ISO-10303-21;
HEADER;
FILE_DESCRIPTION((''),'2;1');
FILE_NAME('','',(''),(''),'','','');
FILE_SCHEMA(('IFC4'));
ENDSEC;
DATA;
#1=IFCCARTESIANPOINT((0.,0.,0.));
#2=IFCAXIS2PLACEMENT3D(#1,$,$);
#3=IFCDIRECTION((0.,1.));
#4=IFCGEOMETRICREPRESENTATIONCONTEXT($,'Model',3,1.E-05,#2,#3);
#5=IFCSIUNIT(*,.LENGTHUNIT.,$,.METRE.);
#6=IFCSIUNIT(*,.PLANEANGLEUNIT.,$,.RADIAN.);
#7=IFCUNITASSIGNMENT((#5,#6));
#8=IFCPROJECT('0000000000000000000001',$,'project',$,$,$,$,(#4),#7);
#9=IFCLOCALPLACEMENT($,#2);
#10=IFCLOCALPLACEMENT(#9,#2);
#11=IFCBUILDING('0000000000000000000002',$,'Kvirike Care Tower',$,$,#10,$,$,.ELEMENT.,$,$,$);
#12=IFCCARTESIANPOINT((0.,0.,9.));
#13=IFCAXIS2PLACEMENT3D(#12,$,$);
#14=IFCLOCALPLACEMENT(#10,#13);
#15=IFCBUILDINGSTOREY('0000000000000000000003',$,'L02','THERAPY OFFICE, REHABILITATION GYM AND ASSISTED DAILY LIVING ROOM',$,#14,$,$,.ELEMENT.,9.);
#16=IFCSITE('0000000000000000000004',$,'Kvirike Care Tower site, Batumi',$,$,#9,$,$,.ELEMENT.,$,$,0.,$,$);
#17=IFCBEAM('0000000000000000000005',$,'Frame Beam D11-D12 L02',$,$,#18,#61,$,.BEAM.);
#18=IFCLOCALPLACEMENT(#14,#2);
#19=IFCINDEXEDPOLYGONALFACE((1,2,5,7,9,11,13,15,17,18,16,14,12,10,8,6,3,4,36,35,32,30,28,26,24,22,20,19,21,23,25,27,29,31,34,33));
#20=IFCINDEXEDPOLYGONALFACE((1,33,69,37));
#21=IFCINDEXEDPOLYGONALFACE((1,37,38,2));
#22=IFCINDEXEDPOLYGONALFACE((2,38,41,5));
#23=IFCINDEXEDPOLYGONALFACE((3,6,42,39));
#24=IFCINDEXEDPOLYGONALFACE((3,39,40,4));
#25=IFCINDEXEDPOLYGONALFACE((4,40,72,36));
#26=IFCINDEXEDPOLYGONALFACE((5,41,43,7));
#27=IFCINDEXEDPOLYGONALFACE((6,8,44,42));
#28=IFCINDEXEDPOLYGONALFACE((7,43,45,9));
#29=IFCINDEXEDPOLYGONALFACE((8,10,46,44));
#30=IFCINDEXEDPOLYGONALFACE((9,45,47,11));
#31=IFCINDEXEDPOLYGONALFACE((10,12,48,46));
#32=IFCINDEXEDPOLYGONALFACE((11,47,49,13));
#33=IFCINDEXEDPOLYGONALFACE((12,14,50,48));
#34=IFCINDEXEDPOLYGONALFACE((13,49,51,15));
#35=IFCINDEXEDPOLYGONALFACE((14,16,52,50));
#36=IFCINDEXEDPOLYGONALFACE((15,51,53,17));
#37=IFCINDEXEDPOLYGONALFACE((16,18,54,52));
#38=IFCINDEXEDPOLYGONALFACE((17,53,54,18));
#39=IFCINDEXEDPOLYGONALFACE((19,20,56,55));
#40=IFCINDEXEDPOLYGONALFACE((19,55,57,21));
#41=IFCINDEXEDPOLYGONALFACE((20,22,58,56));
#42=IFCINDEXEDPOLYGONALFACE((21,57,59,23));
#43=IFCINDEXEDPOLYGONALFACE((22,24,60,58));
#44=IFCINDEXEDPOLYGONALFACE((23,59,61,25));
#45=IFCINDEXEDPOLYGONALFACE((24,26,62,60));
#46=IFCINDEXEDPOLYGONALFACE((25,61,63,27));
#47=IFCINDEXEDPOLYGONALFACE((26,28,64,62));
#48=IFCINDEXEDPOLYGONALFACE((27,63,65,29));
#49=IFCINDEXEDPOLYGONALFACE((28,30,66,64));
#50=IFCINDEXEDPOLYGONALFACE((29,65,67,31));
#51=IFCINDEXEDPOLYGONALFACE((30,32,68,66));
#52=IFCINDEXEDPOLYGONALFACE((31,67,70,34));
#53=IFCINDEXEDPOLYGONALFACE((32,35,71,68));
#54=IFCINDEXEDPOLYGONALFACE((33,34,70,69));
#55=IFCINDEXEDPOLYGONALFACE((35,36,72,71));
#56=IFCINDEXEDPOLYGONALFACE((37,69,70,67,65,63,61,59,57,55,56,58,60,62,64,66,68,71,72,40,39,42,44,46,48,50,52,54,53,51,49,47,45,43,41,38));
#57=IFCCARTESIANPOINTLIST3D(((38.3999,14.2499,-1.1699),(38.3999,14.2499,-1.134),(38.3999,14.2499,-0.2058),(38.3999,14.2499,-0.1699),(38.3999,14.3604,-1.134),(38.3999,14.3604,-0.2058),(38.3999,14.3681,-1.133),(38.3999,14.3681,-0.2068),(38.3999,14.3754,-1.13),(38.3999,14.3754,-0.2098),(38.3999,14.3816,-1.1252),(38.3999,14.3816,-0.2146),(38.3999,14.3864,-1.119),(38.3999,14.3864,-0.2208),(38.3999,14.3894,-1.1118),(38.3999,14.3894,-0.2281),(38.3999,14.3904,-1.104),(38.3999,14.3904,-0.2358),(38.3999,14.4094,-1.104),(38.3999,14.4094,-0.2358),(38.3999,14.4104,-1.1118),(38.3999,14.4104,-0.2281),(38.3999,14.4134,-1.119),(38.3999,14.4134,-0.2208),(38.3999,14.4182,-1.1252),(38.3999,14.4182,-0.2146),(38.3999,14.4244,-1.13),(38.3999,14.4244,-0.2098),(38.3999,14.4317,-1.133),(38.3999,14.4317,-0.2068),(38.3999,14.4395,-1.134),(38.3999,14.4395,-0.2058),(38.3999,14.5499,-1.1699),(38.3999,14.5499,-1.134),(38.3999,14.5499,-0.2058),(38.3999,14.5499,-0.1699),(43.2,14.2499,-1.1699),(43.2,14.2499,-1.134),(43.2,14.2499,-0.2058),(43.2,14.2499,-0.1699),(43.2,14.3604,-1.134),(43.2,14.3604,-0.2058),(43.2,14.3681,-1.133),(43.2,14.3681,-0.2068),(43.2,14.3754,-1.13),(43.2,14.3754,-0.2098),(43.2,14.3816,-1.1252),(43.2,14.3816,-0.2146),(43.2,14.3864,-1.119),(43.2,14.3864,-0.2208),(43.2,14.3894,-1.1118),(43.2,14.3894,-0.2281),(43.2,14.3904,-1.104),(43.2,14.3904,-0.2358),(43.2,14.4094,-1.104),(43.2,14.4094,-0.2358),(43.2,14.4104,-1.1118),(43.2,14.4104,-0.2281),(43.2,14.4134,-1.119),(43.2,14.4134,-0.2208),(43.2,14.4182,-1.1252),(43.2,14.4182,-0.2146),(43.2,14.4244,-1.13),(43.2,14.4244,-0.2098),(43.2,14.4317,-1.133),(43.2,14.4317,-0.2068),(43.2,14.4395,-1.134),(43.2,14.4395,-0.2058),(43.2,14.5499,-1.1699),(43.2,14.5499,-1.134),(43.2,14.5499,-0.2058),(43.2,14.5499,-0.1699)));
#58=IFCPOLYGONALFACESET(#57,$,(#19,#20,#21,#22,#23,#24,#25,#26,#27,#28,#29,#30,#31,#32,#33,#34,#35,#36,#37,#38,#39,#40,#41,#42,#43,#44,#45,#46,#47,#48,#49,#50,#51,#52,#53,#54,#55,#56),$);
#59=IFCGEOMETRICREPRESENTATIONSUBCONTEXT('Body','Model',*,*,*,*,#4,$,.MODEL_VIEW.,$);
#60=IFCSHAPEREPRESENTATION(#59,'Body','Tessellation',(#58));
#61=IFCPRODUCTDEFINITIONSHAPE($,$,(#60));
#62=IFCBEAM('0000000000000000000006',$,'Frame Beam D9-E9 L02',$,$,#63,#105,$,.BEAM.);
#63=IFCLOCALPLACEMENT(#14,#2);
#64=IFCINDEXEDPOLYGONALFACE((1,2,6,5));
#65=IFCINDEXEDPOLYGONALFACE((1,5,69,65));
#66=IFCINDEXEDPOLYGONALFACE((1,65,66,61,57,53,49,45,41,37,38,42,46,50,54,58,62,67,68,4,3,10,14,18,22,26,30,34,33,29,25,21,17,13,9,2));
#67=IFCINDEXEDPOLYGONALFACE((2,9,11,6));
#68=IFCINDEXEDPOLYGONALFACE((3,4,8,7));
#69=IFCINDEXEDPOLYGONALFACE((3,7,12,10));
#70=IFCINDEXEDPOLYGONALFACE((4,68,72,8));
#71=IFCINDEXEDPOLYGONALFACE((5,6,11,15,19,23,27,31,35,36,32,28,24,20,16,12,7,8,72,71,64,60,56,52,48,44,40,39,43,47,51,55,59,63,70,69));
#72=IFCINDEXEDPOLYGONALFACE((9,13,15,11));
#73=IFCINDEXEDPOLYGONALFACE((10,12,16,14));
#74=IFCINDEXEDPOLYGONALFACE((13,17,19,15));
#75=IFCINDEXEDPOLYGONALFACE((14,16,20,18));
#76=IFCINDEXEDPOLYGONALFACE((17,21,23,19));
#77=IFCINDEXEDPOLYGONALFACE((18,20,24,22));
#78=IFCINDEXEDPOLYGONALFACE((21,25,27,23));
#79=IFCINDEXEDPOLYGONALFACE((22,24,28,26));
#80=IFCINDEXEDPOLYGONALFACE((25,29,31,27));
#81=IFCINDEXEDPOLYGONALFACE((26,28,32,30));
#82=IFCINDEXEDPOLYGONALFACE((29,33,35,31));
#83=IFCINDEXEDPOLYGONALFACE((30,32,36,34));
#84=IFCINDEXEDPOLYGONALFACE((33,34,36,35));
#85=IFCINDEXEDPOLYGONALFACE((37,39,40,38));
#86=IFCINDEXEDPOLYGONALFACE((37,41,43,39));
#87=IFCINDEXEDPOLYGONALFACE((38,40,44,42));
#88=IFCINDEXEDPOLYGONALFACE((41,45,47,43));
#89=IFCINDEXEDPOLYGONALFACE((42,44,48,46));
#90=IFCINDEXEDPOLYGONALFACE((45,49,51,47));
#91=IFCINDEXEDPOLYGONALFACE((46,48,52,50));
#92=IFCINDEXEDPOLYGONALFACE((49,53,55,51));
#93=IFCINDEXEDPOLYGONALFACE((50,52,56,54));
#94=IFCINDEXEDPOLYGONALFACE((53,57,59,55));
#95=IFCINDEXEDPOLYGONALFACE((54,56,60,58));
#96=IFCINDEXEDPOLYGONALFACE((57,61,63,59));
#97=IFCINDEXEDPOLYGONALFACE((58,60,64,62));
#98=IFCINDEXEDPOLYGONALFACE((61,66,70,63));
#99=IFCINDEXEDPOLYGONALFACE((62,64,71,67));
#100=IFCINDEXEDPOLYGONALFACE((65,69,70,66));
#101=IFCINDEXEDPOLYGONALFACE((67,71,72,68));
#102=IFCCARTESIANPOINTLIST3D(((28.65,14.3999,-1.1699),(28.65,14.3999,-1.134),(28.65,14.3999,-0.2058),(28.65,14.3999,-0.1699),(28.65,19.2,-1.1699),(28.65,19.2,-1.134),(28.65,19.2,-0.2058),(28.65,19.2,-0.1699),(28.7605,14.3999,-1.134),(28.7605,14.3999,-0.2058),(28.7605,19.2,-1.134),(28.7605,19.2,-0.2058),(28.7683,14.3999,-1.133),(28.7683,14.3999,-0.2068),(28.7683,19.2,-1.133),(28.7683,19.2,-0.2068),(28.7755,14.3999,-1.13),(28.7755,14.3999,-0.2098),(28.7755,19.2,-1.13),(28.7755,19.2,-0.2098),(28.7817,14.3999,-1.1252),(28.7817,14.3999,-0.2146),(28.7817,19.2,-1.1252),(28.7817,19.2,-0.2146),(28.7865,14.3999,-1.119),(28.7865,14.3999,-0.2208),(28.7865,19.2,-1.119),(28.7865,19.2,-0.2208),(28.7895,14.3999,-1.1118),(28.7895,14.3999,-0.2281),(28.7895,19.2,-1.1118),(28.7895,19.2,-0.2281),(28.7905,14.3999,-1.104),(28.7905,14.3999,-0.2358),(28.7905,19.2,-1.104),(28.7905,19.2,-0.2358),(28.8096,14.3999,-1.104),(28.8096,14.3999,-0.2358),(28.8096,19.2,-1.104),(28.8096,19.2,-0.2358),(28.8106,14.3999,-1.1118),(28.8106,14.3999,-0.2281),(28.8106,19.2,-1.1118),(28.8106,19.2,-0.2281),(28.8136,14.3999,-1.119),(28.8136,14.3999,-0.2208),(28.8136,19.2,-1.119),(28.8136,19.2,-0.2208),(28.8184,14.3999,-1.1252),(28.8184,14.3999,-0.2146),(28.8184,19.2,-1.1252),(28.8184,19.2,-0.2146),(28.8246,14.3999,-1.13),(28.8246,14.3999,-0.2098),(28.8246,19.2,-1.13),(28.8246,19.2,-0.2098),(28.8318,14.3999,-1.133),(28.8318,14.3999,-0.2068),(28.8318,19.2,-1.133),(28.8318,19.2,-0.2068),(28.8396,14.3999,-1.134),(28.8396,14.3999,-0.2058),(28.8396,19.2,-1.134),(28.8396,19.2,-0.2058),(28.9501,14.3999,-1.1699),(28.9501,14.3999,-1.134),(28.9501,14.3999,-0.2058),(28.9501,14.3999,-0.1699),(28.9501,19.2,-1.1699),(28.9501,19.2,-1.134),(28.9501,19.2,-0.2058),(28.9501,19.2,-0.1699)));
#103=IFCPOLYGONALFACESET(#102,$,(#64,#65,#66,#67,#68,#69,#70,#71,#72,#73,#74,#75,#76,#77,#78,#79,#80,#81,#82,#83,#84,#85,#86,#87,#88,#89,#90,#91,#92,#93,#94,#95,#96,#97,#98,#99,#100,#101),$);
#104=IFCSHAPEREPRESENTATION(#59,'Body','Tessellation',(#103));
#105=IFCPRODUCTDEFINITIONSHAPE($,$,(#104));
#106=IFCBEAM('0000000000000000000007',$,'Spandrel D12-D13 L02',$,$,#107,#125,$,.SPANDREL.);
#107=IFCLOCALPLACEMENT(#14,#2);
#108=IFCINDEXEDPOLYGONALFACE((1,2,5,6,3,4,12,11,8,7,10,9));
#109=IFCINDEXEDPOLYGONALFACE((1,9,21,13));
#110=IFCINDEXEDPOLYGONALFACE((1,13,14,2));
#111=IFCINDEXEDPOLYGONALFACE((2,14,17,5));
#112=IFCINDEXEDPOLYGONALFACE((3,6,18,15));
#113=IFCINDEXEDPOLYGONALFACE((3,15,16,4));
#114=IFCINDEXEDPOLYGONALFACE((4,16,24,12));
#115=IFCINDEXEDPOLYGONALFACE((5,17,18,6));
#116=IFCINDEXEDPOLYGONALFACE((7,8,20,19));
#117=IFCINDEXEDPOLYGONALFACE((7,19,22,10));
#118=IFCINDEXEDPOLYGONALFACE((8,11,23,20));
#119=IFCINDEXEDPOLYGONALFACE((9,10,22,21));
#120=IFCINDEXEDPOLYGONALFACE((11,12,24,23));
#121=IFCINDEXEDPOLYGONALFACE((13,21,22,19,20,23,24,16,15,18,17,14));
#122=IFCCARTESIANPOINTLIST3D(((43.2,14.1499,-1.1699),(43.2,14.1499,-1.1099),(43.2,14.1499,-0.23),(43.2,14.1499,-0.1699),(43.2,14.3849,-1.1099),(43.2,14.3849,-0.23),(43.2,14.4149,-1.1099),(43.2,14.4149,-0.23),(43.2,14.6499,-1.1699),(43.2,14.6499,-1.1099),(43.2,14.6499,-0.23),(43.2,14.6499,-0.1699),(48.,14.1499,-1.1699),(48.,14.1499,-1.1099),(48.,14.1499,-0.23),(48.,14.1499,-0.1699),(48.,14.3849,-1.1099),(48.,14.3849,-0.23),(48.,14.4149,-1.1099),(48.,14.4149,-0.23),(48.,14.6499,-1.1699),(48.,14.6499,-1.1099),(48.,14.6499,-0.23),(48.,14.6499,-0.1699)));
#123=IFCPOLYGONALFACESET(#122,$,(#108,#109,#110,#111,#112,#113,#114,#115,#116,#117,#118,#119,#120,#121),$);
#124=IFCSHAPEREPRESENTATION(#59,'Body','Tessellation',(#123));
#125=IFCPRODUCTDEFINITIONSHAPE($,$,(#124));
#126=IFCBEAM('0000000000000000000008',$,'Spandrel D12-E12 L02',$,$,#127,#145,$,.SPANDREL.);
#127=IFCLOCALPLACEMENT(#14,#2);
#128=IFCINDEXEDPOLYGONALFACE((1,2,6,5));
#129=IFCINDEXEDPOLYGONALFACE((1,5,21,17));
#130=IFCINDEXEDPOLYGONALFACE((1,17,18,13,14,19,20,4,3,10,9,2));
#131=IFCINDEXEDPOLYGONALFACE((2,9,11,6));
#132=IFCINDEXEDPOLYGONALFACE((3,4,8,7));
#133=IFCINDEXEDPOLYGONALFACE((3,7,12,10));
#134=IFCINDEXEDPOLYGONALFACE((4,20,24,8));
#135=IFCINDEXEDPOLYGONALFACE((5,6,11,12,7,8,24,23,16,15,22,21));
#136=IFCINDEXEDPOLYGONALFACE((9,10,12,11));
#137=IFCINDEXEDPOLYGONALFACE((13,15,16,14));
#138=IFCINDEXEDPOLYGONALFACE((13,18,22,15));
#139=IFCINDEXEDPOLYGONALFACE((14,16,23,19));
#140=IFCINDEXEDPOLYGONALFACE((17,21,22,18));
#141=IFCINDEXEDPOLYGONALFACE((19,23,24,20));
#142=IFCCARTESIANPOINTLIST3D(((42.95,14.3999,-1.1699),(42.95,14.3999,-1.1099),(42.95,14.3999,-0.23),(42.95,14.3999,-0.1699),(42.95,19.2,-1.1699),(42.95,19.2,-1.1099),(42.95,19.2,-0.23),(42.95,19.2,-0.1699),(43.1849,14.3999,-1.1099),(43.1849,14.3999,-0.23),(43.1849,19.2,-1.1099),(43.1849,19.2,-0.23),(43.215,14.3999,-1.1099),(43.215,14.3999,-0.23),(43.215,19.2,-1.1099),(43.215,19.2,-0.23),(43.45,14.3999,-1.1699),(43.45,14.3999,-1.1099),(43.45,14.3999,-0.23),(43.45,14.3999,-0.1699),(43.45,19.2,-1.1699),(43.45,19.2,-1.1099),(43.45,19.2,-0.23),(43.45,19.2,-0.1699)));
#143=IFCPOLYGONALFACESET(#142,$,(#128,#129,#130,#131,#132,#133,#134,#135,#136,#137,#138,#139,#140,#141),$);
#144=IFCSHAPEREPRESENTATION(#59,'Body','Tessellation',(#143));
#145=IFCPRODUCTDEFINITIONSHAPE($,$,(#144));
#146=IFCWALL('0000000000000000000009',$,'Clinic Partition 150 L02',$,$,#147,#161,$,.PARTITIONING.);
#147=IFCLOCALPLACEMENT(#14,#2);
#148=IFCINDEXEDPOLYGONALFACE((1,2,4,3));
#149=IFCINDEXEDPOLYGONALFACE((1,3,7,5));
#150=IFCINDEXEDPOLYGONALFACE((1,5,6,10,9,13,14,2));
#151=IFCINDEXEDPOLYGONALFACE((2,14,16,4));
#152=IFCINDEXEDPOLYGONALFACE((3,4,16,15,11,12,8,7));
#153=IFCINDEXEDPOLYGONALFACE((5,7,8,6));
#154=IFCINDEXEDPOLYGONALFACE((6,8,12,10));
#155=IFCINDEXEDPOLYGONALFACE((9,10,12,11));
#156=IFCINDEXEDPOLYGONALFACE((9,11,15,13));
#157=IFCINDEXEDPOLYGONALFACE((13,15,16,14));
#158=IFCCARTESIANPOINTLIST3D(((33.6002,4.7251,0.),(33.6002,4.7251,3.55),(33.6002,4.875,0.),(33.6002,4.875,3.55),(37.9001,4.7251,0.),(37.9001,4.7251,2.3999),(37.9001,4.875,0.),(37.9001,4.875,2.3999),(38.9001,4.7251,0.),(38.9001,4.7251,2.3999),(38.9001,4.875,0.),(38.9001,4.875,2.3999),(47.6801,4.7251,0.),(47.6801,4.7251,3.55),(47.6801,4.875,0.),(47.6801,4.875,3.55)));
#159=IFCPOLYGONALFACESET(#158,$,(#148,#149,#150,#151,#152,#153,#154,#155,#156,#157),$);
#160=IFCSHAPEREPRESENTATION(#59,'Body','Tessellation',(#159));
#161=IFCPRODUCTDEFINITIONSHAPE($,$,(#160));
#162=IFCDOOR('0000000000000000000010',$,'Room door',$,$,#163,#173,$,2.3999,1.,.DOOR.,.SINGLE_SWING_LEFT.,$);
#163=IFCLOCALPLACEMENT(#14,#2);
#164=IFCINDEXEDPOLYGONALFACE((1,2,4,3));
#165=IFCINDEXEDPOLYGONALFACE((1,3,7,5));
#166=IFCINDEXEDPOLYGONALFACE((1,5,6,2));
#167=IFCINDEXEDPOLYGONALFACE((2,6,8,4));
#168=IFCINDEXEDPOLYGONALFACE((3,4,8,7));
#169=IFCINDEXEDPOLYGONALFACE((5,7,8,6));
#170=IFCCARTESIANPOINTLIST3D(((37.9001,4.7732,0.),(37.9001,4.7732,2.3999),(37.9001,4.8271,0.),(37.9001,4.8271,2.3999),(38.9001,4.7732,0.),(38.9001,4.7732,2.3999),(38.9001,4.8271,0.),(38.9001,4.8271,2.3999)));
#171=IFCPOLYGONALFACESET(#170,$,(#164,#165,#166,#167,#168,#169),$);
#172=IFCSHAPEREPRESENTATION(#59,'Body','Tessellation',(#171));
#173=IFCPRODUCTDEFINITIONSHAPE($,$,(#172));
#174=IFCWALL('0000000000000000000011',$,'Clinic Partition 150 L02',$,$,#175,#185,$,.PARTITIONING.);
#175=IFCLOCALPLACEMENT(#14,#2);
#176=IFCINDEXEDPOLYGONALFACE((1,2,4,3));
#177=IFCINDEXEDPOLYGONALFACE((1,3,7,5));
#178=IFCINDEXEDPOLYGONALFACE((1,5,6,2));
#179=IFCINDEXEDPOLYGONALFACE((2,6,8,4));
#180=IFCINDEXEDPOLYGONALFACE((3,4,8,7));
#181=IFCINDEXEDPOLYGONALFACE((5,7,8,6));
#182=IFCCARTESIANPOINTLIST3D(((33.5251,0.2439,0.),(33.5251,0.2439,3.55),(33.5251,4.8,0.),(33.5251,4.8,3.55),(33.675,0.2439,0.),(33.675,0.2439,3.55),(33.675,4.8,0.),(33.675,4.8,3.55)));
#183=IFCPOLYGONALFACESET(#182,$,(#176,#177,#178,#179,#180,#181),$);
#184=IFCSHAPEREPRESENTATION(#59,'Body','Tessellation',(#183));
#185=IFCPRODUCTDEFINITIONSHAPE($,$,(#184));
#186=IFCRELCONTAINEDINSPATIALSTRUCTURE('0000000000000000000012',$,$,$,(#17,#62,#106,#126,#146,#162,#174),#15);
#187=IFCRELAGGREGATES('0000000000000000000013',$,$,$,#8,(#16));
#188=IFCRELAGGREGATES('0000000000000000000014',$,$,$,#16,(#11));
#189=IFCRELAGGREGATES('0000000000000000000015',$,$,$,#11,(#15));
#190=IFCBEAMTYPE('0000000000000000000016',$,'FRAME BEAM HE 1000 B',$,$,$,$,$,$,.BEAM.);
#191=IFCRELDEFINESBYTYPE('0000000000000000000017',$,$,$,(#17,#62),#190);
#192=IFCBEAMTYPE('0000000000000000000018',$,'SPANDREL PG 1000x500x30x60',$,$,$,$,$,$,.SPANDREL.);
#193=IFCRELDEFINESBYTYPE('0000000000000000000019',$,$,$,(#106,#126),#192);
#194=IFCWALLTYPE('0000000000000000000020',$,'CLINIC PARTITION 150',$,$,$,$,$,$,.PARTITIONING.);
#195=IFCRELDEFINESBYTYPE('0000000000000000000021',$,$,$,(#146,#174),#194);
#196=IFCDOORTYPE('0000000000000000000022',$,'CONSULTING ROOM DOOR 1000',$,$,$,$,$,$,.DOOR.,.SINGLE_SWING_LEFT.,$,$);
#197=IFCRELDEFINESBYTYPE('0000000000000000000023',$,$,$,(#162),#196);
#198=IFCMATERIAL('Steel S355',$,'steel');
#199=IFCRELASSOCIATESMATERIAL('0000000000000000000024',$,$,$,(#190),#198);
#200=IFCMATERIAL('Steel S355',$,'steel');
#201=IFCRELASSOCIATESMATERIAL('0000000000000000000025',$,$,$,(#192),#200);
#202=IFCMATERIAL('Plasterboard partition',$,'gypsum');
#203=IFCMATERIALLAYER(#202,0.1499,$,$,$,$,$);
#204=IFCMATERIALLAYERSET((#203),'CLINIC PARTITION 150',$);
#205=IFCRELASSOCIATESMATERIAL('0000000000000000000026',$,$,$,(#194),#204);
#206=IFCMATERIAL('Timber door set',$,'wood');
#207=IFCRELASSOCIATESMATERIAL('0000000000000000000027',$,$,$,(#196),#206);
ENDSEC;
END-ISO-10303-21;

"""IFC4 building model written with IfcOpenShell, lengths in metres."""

from ifc_helpers import new_model, si_unit, direction, frame, frame_2d, origin, origin_2d, place, context, subcontext, project, spatial, rectangle, i_section, extrude, material, layer, layer_set, material_profile, profile_set, type_object, element, fill, save


model = new_model("IFC4")

# Units and contexts
model_context = context("Model", 3, precision=1e-05, world=origin(), true_north=direction((0.0, 1.0)))
body_context = subcontext(model_context, "Body", "Model", "MODEL_VIEW")
ifc_project = project(units=[si_unit("LENGTHUNIT", "METRE"), si_unit("PLANEANGLEUNIT", "RADIAN")], contexts=[model_context])

# Site, building, storey
site_placement = place(None, origin())
site = spatial("IfcSite", under=ifc_project, at=site_placement, Name="Kvirike Care Tower site, Batumi", CompositionType="ELEMENT", RefElevation=0.0)
building_placement = place(site_placement, origin())
building = spatial("IfcBuilding", under=site, at=building_placement, Name="Kvirike Care Tower", CompositionType="ELEMENT")
storey_placement = place(building_placement, frame((0.0, 0.0, 9.0)))
storey = spatial("IfcBuildingStorey", under=building, at=storey_placement, Name="L02", Description="THERAPY OFFICE, REHABILITATION GYM AND ASSISTED DAILY LIVING ROOM", CompositionType="ELEMENT", Elevation=9.0)

# Beams
ifc_material_1 = material(Name="Steel S355", Category="steel")
ifc_material_profile_1 = material_profile(ifc_material_1, i_section(OverallWidth=0.3, OverallDepth=1.0, WebThickness=0.019, FlangeThickness=0.0359, FilletRadius=0.03, at=origin_2d()), Name="HE 1000 B")
ifc_profile_set_1 = profile_set([ifc_material_profile_1], Name="Steel S355")
beam_type_1 = type_object("IfcBeamType", Name="FRAME BEAM HE 1000 B", PredefinedType="BEAM", material=ifc_profile_set_1)
for number, where, z_axis, x_axis, name in (
    (1, (38.3999, 14.3999, -0.6699), (1.0, 0.0, 0.0), (0.0, 1.0, 0.0), "Frame Beam D11-D12 L02"),
    (2, (28.8, 14.3999, -0.6699), (0.0, 1.0, 0.0), (-1.0, 0.0, 0.0), "Frame Beam D9-E9 L02"),
):
    element("IfcBeam", number, at=place(storey_placement, frame(where, z_axis=z_axis, x_axis=x_axis)), inside=storey, type_object=beam_type_1, Name=name, PredefinedType="BEAM", context=body_context, shape_type="SweptSolid", body=[
        extrude(i_section(OverallWidth=0.3, OverallDepth=1.0, WebThickness=0.019, FlangeThickness=0.0359, FilletRadius=0.03, at=origin_2d()), origin(), (0.0, 0.0, 1.0), 4.8),
    ])
ifc_material_2 = material(Name="Steel S355", Category="steel")
ifc_material_profile_2 = material_profile(ifc_material_2, i_section(OverallWidth=0.5, OverallDepth=1.0, WebThickness=0.03, FlangeThickness=0.0601, at=origin_2d()), Name="PG 1000x500x30x60")
ifc_profile_set_2 = profile_set([ifc_material_profile_2], Name="Steel S355")
beam_type_2 = type_object("IfcBeamType", Name="SPANDREL PG 1000x500x30x60", PredefinedType="SPANDREL", material=ifc_profile_set_2)
for number, where, z_axis, x_axis, name in (
    (3, (43.2, 14.3999, -0.6699), (1.0, 0.0, 0.0), (0.0, 1.0, 0.0), "Spandrel D12-D13 L02"),
    (4, (43.2, 14.3999, -0.6699), (0.0, 1.0, 0.0), (-1.0, 0.0, 0.0), "Spandrel D12-E12 L02"),
):
    element("IfcBeam", number, at=place(storey_placement, frame(where, z_axis=z_axis, x_axis=x_axis)), inside=storey, type_object=beam_type_2, Name=name, PredefinedType="SPANDREL", context=body_context, shape_type="SweptSolid", body=[
        extrude(i_section(OverallWidth=0.5, OverallDepth=1.0, WebThickness=0.03, FlangeThickness=0.0601, at=origin_2d()), origin(), (0.0, 0.0, 1.0), 4.8),
    ])

# Wall, opening, door
ifc_material_3 = material(Name="Plasterboard partition", Category="gypsum")
ifc_layer_1 = layer(ifc_material_3, 0.1499)
ifc_layer_set_1 = layer_set([ifc_layer_1], Name="CLINIC PARTITION 150")
wall_type_1 = type_object("IfcWallType", Name="CLINIC PARTITION 150", PredefinedType="PARTITIONING", material=ifc_layer_set_1)
wall_1_placement = place(storey_placement, frame((33.6001, 4.8, 0.0), z_axis=(0.0, 0.0, 1.0), x_axis=(1.0, 0.0, 0.0)))
wall_1 = element("IfcWall", 5, at=wall_1_placement, inside=storey, type_object=wall_type_1, Name="Clinic Partition 150 L02", PredefinedType="PARTITIONING", context=body_context, shape_type="SweptSolid", body=[
    extrude(rectangle(XDim=14.0798, YDim=0.1499, at=frame_2d((7.04, 0.0))), origin(), (0.0, 0.0, 1.0), 3.55),
])
opening_placement = place(wall_1_placement, frame((4.3, 0.0, 0.0)))
opening = element("IfcOpeningElement", 6, at=opening_placement, cuts=wall_1, PredefinedType="OPENING", context=body_context, shape_type="SweptSolid", body=[
    extrude(rectangle(XDim=1.0, YDim=2.3999, at=frame_2d((0.5, 1.2))), frame((0.0, 0.0854, 0.0), z_axis=(0.0, -1.0, 0.0), x_axis=(1.0, 0.0, 0.0)), (0.0, 0.0, 1.0), 0.1709),
])
ifc_material_4 = material(Name="Timber door set", Category="wood")
door_type = type_object("IfcDoorType", Name="CONSULTING ROOM DOOR 1000", OperationType="SINGLE_SWING_LEFT", PredefinedType="DOOR", material=ifc_material_4)
door_placement = place(opening_placement, frame((1.0, 0.0, 0.0), z_axis=(0.0, 0.0, 1.0), x_axis=(-1.0, 0.0, 0.0)))
door = element("IfcDoor", 7, at=door_placement, inside=storey, type_object=door_type, Name="Room door", OperationType="SINGLE_SWING_LEFT", OverallHeight=2.3999, OverallWidth=1.0, PredefinedType="DOOR", context=body_context, shape_type="SweptSolid", body=[
    extrude(rectangle(XDim=1.0, YDim=2.3999, at=frame_2d((0.5, 1.2))), frame((0.0, 0.0269, 0.0), z_axis=(0.0, -1.0, 0.0), x_axis=(1.0, 0.0, 0.0)), (0.0, 0.0, 1.0), 0.054),
])
fill(opening, door)

# Wall
wall_2_placement = place(storey_placement, frame((33.6001, 0.2439, 0.0), z_axis=(0.0, 0.0, 1.0), x_axis=(0.0, 1.0, 0.0)))
element("IfcWall", 8, at=wall_2_placement, inside=storey, type_object=wall_type_1, Name="Clinic Partition 150 L02", PredefinedType="PARTITIONING", context=body_context, shape_type="SweptSolid", body=[
    extrude(rectangle(XDim=4.5562, YDim=0.1499, at=frame_2d((2.2781, 0.0))), origin(), (0.0, 0.0, 1.0), 3.55),
])

save(model, "model.ifc")
